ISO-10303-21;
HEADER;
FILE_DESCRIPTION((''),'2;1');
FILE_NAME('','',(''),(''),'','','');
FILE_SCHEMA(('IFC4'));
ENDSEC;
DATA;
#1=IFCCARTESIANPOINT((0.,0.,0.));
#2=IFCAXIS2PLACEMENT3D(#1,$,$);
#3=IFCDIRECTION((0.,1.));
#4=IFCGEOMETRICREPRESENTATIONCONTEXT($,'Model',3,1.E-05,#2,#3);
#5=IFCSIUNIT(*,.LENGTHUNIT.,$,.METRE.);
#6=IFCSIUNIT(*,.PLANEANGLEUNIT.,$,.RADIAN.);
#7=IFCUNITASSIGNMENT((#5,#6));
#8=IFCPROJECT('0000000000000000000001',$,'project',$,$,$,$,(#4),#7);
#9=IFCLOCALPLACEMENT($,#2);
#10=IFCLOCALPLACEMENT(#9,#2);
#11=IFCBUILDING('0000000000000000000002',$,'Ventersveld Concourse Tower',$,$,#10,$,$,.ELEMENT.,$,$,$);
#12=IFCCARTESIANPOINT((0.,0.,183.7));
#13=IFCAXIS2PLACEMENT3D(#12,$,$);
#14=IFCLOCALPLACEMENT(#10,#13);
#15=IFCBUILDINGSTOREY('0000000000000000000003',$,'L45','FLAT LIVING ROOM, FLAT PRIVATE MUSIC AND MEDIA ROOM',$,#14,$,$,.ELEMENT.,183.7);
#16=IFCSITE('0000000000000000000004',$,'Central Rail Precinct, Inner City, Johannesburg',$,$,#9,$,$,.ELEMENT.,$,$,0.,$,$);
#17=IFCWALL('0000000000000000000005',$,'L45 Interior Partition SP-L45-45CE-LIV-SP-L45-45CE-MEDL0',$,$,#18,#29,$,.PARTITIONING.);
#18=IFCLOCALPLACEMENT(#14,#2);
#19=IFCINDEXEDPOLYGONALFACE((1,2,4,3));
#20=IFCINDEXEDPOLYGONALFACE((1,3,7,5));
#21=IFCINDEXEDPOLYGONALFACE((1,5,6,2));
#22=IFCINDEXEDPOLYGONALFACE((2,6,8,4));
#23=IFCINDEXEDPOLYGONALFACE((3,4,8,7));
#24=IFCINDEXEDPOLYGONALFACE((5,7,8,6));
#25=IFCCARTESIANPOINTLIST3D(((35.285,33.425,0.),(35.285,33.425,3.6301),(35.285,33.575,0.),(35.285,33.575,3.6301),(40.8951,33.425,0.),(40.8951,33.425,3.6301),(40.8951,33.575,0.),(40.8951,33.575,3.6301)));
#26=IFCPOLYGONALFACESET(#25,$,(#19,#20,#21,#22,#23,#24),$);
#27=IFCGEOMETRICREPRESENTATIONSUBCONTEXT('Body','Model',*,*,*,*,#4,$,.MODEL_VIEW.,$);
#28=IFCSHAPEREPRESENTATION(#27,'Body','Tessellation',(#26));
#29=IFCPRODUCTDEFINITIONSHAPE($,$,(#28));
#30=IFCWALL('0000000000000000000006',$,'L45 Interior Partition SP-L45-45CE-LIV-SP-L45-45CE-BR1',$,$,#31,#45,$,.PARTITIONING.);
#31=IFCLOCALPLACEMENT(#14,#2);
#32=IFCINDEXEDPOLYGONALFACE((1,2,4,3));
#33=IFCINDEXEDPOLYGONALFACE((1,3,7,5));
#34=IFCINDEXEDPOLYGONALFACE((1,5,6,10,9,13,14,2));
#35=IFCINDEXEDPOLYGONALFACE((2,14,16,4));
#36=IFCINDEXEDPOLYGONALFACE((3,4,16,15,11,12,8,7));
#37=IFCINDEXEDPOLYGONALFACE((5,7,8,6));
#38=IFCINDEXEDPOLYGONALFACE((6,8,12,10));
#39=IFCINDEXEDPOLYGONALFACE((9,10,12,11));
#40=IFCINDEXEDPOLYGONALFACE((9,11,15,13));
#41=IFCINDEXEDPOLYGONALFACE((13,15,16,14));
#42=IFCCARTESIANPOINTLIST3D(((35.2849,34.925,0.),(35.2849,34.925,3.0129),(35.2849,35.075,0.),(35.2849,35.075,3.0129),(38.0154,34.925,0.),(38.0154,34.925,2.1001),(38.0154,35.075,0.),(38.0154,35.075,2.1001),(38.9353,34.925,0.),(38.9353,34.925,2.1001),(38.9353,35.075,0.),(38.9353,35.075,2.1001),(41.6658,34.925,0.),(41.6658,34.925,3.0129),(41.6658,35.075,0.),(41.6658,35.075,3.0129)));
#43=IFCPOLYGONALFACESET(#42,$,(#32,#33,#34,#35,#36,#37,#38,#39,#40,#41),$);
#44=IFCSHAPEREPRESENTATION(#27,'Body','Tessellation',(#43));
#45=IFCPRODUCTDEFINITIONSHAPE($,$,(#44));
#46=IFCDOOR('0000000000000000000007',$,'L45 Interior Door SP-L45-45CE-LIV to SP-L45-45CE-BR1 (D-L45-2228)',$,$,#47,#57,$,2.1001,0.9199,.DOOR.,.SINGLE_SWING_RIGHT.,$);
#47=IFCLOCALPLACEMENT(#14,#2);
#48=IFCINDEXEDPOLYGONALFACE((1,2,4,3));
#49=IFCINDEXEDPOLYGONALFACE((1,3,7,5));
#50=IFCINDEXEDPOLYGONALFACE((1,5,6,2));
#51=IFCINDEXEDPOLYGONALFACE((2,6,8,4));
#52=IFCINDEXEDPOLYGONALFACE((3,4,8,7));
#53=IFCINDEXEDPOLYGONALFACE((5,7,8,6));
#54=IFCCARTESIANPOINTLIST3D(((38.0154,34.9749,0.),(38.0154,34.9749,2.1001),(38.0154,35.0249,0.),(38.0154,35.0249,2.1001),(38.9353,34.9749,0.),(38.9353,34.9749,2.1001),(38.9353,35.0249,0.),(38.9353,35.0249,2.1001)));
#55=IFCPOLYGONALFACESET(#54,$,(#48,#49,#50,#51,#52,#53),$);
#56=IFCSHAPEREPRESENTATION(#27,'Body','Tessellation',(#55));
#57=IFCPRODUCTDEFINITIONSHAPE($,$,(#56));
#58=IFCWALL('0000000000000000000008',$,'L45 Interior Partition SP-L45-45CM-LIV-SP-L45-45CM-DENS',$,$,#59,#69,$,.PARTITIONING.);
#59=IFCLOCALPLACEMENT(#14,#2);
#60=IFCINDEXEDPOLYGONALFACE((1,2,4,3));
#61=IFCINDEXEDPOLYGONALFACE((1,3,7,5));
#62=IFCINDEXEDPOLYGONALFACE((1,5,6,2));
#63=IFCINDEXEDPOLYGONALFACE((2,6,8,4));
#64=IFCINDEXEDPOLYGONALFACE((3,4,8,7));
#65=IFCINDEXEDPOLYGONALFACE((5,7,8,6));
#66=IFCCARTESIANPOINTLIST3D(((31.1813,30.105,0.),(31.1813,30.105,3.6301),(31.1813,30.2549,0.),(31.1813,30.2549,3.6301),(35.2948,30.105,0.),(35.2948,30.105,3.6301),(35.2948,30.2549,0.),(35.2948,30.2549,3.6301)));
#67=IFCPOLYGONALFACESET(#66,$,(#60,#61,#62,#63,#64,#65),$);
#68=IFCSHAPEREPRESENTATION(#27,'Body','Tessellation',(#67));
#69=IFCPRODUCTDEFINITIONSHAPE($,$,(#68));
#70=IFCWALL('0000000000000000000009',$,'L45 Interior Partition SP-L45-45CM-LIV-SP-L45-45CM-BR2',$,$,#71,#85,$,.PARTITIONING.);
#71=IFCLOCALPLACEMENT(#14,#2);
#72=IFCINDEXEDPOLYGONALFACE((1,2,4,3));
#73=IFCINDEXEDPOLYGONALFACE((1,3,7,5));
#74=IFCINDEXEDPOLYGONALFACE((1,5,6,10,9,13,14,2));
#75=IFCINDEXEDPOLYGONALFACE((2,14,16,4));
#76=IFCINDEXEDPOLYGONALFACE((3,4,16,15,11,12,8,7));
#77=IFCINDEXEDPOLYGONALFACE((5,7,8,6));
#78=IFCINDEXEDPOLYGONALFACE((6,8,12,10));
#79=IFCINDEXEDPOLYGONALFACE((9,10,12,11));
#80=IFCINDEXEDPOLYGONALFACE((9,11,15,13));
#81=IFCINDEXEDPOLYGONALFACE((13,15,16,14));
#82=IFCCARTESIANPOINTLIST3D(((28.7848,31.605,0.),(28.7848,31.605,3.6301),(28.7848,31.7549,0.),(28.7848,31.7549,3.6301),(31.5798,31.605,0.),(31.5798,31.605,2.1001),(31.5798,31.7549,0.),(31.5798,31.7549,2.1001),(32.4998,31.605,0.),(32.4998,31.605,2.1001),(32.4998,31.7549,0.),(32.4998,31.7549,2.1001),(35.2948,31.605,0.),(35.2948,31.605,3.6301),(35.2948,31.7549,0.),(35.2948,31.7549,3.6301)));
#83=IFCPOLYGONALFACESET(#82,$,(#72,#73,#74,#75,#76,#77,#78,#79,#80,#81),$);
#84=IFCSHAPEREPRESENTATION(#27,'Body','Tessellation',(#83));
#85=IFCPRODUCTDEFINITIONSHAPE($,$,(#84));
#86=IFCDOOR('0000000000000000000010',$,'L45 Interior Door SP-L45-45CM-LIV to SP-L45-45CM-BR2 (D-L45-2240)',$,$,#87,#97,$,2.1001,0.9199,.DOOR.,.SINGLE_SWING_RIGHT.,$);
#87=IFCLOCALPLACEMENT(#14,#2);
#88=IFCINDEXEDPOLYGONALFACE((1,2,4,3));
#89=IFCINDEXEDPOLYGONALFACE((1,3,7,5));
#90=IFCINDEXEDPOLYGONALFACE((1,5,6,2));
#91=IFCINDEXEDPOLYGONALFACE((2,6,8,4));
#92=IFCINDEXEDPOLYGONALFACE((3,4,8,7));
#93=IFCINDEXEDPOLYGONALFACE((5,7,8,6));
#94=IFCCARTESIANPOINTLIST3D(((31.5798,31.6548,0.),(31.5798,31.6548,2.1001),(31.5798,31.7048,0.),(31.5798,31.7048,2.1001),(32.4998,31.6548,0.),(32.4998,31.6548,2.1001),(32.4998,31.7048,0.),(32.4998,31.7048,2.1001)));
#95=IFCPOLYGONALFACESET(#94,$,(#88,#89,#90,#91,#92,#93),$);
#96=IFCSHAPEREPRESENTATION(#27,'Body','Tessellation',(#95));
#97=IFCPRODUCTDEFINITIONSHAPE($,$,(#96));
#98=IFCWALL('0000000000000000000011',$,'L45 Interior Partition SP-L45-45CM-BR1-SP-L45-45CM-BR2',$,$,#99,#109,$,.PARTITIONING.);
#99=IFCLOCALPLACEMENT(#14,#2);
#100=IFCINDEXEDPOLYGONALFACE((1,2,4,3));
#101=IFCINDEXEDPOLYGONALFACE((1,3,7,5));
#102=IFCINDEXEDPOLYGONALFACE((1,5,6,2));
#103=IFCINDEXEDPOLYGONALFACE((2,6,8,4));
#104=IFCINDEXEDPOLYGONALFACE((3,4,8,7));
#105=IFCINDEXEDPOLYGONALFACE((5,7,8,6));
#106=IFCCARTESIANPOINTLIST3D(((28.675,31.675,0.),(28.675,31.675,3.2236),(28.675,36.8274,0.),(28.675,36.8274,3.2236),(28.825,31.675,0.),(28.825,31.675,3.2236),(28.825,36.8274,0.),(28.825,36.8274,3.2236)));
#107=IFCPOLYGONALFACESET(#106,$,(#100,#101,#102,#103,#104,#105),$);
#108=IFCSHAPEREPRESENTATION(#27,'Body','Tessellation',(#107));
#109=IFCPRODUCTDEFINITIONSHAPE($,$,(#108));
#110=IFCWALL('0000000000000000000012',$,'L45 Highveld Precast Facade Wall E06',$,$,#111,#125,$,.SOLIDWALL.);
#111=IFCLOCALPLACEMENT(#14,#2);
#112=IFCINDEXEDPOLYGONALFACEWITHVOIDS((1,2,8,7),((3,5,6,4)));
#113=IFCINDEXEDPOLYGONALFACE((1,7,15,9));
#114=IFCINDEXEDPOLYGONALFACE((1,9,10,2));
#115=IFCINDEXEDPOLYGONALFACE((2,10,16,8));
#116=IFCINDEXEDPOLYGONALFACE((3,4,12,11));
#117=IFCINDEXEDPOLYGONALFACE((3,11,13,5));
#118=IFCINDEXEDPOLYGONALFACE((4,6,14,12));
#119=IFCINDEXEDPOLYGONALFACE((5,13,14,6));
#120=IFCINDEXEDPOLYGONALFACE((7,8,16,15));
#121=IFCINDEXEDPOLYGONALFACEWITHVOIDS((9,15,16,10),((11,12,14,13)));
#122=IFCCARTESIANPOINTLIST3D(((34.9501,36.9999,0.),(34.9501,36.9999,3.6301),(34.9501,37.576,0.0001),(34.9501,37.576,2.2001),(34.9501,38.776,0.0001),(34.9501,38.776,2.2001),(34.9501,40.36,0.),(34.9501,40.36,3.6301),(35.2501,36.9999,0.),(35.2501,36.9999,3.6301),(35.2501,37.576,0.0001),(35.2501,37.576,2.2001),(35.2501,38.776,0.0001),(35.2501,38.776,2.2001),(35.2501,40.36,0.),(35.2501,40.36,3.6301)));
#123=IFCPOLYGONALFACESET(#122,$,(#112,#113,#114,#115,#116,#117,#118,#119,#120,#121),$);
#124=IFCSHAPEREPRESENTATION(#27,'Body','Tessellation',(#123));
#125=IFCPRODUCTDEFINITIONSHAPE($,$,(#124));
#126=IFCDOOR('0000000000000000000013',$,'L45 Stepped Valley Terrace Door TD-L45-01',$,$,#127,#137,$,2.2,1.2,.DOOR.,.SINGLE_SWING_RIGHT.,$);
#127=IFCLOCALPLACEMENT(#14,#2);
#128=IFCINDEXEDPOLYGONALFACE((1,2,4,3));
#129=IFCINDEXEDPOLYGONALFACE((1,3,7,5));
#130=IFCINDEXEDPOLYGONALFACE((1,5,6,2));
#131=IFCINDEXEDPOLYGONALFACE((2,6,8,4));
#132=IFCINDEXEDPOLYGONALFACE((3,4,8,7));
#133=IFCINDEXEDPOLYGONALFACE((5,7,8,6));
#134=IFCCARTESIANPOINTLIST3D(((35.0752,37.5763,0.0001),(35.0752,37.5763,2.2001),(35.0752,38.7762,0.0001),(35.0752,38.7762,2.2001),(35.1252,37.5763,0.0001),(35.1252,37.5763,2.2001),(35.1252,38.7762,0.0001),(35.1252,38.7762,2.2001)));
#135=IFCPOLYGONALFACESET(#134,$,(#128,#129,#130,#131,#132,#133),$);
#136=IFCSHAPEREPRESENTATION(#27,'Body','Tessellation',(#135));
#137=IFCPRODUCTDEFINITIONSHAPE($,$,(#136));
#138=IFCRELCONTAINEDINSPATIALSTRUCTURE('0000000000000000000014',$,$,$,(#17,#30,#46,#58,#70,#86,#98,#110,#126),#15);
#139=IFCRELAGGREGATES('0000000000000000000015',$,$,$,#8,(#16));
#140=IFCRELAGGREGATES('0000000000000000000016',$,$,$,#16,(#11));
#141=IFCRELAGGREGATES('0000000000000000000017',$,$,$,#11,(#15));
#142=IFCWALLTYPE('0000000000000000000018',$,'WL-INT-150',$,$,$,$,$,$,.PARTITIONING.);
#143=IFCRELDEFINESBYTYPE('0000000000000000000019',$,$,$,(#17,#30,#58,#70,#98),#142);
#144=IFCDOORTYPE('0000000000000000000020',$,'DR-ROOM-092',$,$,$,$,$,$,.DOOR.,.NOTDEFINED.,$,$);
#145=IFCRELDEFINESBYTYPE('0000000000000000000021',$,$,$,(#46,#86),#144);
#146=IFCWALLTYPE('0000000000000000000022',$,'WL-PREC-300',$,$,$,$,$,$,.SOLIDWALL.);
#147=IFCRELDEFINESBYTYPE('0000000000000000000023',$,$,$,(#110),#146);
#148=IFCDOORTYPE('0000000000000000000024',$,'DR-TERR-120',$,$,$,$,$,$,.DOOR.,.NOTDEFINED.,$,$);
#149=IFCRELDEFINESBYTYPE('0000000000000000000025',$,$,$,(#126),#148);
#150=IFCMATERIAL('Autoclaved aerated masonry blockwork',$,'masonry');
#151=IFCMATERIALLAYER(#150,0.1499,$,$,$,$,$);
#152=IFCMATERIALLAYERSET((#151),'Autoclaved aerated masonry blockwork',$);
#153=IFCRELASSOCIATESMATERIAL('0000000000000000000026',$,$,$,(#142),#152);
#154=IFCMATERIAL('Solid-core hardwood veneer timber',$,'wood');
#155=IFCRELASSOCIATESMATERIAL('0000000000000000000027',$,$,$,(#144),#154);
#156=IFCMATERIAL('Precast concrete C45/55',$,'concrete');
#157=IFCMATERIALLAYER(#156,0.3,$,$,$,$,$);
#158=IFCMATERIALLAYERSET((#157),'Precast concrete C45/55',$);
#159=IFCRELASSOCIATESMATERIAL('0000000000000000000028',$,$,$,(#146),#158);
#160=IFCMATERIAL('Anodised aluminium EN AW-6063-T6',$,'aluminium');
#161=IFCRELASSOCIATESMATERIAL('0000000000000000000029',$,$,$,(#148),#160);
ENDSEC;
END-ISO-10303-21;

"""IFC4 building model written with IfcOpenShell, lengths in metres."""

from ifc_helpers import new_model, si_unit, direction, frame, frame_2d, origin, place, context, subcontext, project, spatial, rectangle, extrude, material, layer, layer_set, type_object, element, fill, save


model = new_model("IFC4")

# Units and contexts
model_context = context("Model", 3, precision=1e-05, world=origin(), true_north=direction((0.0, 1.0)))
body_context = subcontext(model_context, "Body", "Model", "MODEL_VIEW")
ifc_project = project(units=[si_unit("LENGTHUNIT", "METRE"), si_unit("PLANEANGLEUNIT", "RADIAN")], contexts=[model_context])

# Site, building, storey
site_placement = place(None, origin())
site = spatial("IfcSite", under=ifc_project, at=site_placement, Name="Central Rail Precinct, Inner City, Johannesburg", CompositionType="ELEMENT", RefElevation=0.0)
building_placement = place(site_placement, origin())
building = spatial("IfcBuilding", under=site, at=building_placement, Name="Ventersveld Concourse Tower", CompositionType="ELEMENT")
storey_placement = place(building_placement, frame((0.0, 0.0, 183.7)))
storey = spatial("IfcBuildingStorey", under=building, at=storey_placement, Name="L45", Description="FLAT LIVING ROOM, FLAT PRIVATE MUSIC AND MEDIA ROOM", CompositionType="ELEMENT", Elevation=183.7)

# Wall
ifc_material_1 = material(Name="Autoclaved aerated masonry blockwork", Category="masonry")
ifc_layer_1 = layer(ifc_material_1, 0.1499)
ifc_layer_set_1 = layer_set([ifc_layer_1], Name="Autoclaved aerated masonry blockwork")
wall_type_1 = type_object("IfcWallType", Name="WL-INT-150", PredefinedType="PARTITIONING", material=ifc_layer_set_1)
wall_1_placement = place(storey_placement, frame((35.2849, 33.5, 0.0), z_axis=(0.0, 0.0, 1.0), x_axis=(1.0, 0.0, 0.0)))
element("IfcWall", 1, at=wall_1_placement, inside=storey, type_object=wall_type_1, Name="L45 Interior Partition SP-L45-45CE-LIV-SP-L45-45CE-MEDL0", PredefinedType="PARTITIONING", context=body_context, shape_type="SweptSolid", body=[
    extrude(rectangle(XDim=5.6101, YDim=0.1499, at=frame_2d((2.8052, 0.0))), origin(), (0.0, 0.0, 1.0), 3.6301),
])

# Wall, opening, door
wall_2_placement = place(storey_placement, frame((35.2849, 35.0, 0.0), z_axis=(0.0, 0.0, 1.0), x_axis=(1.0, 0.0, 0.0)))
wall_2 = element("IfcWall", 2, at=wall_2_placement, inside=storey, type_object=wall_type_1, Name="L45 Interior Partition SP-L45-45CE-LIV-SP-L45-45CE-BR1", PredefinedType="PARTITIONING", context=body_context, shape_type="SweptSolid", body=[
    extrude(rectangle(XDim=6.3809, YDim=0.1499, at=frame_2d((3.1904, 0.0))), origin(), (0.0, 0.0, 1.0), 3.0129),
])
opening_1_placement = place(wall_2_placement, frame((2.7305, 0.0, 0.0)))
opening_1 = element("IfcOpeningElement", 3, at=opening_1_placement, cuts=wall_2, PredefinedType="OPENING", context=body_context, shape_type="SweptSolid", body=[
    extrude(rectangle(XDim=0.9199, YDim=2.1001, at=frame_2d((0.46, 1.05))), frame((0.0, 0.085, 0.0), z_axis=(0.0, -1.0, 0.0), x_axis=(1.0, 0.0, 0.0)), (0.0, 0.0, 1.0), 0.1699),
])
ifc_material_2 = material(Name="Solid-core hardwood veneer timber", Category="wood")
door_type_1 = type_object("IfcDoorType", Name="DR-ROOM-092", OperationType="NOTDEFINED", PredefinedType="DOOR", material=ifc_material_2)
door_1_placement = place(opening_1_placement, origin())
door_1 = element("IfcDoor", 4, at=door_1_placement, inside=storey, type_object=door_type_1, Name="L45 Interior Door SP-L45-45CE-LIV to SP-L45-45CE-BR1 (D-L45-2228)", OperationType="SINGLE_SWING_RIGHT", OverallHeight=2.1001, OverallWidth=0.9199, PredefinedType="DOOR", context=body_context, shape_type="SweptSolid", body=[
    extrude(rectangle(XDim=0.9199, YDim=2.1001, at=frame_2d((0.46, 1.05))), frame((0.0, 0.0249, 0.0), z_axis=(0.0, -1.0, 0.0), x_axis=(1.0, 0.0, 0.0)), (0.0, 0.0, 1.0), 0.05),
])
fill(opening_1, door_1)

# Wall
wall_3_placement = place(storey_placement, frame((31.1814, 30.1799, 0.0), z_axis=(0.0, 0.0, 1.0), x_axis=(1.0, 0.0, 0.0)))
element("IfcWall", 5, at=wall_3_placement, inside=storey, type_object=wall_type_1, Name="L45 Interior Partition SP-L45-45CM-LIV-SP-L45-45CM-DENS", PredefinedType="PARTITIONING", context=body_context, shape_type="SweptSolid", body=[
    extrude(rectangle(XDim=4.1135, YDim=0.1499, at=frame_2d((2.0566, 0.0))), origin(), (0.0, 0.0, 1.0), 3.6301),
])

# Wall, opening, door
wall_4_placement = place(storey_placement, frame((28.7849, 31.6799, 0.0), z_axis=(0.0, 0.0, 1.0), x_axis=(1.0, 0.0, 0.0)))
wall_4 = element("IfcWall", 6, at=wall_4_placement, inside=storey, type_object=wall_type_1, Name="L45 Interior Partition SP-L45-45CM-LIV-SP-L45-45CM-BR2", PredefinedType="PARTITIONING", context=body_context, shape_type="SweptSolid", body=[
    extrude(rectangle(XDim=6.51, YDim=0.1499, at=frame_2d((3.2549, 0.0))), origin(), (0.0, 0.0, 1.0), 3.6301),
])
opening_2_placement = place(wall_4_placement, frame((2.7949, 0.0, 0.0)))
opening_2 = element("IfcOpeningElement", 7, at=opening_2_placement, cuts=wall_4, PredefinedType="OPENING", context=body_context, shape_type="SweptSolid", body=[
    extrude(rectangle(XDim=0.9199, YDim=2.1001, at=frame_2d((0.46, 1.05))), frame((0.0, 0.085, 0.0), z_axis=(0.0, -1.0, 0.0), x_axis=(1.0, 0.0, 0.0)), (0.0, 0.0, 1.0), 0.1699),
])
door_2_placement = place(opening_2_placement, origin())
door_2 = element("IfcDoor", 8, at=door_2_placement, inside=storey, type_object=door_type_1, Name="L45 Interior Door SP-L45-45CM-LIV to SP-L45-45CM-BR2 (D-L45-2240)", OperationType="SINGLE_SWING_RIGHT", OverallHeight=2.1001, OverallWidth=0.9199, PredefinedType="DOOR", context=body_context, shape_type="SweptSolid", body=[
    extrude(rectangle(XDim=0.9199, YDim=2.1001, at=frame_2d((0.46, 1.05))), frame((0.0, 0.0249, 0.0), z_axis=(0.0, -1.0, 0.0), x_axis=(1.0, 0.0, 0.0)), (0.0, 0.0, 1.0), 0.05),
])
fill(opening_2, door_2)

# Wall
wall_5_placement = place(storey_placement, frame((28.75, 31.675, 0.0), z_axis=(0.0, 0.0, 1.0), x_axis=(0.0, 1.0, 0.0)))
element("IfcWall", 9, at=wall_5_placement, inside=storey, type_object=wall_type_1, Name="L45 Interior Partition SP-L45-45CM-BR1-SP-L45-45CM-BR2", PredefinedType="PARTITIONING", context=body_context, shape_type="SweptSolid", body=[
    extrude(rectangle(XDim=5.1523, YDim=0.1499, at=frame_2d((2.5762, 0.0))), origin(), (0.0, 0.0, 1.0), 3.2236),
])

# Wall, opening, door
ifc_material_3 = material(Name="Precast concrete C45/55", Category="concrete")
ifc_layer_2 = layer(ifc_material_3, 0.3)
ifc_layer_set_2 = layer_set([ifc_layer_2], Name="Precast concrete C45/55")
wall_type_2 = type_object("IfcWallType", Name="WL-PREC-300", PredefinedType="SOLIDWALL", material=ifc_layer_set_2)
wall_6_placement = place(storey_placement, frame((35.1001, 40.3601, 0.0), z_axis=(0.0, 0.0, 1.0), x_axis=(0.0, -1.0, 0.0)))
wall_6 = element("IfcWall", 10, at=wall_6_placement, inside=storey, type_object=wall_type_2, Name="L45 Highveld Precast Facade Wall E06", PredefinedType="SOLIDWALL", context=body_context, shape_type="SweptSolid", body=[
    extrude(rectangle(XDim=3.3601, YDim=0.3, at=frame_2d((1.6802, 0.0))), origin(), (0.0, 0.0, 1.0), 3.6301),
])
opening_3_placement = place(wall_6_placement, frame((1.584, 0.0, 0.0)))
opening_3 = element("IfcOpeningElement", 11, at=opening_3_placement, cuts=wall_6, PredefinedType="OPENING", context=body_context, shape_type="SweptSolid", body=[
    extrude(rectangle(XDim=1.2, YDim=2.2, at=frame_2d((0.6001, 1.1001))), frame((0.0, 0.1602, 0.0), z_axis=(0.0, -1.0, 0.0), x_axis=(1.0, 0.0, 0.0)), (0.0, 0.0, 1.0), 0.3201),
])
ifc_material_4 = material(Name="Anodised aluminium EN AW-6063-T6", Category="aluminium")
door_type_2 = type_object("IfcDoorType", Name="DR-TERR-120", OperationType="NOTDEFINED", PredefinedType="DOOR", material=ifc_material_4)
door_3_placement = place(opening_3_placement, frame((1.2, 0.0, 0.0), z_axis=(0.0, 0.0, 1.0), x_axis=(-1.0, 0.0, 0.0)))
door_3 = element("IfcDoor", 12, at=door_3_placement, inside=storey, type_object=door_type_2, Name="L45 Stepped Valley Terrace Door TD-L45-01", OperationType="SINGLE_SWING_RIGHT", OverallHeight=2.2, OverallWidth=1.2, PredefinedType="DOOR", context=body_context, shape_type="SweptSolid", body=[
    extrude(rectangle(XDim=1.2, YDim=2.2, at=frame_2d((0.6001, 1.1001))), frame((0.0, 0.0249, 0.0), z_axis=(0.0, -1.0, 0.0), x_axis=(1.0, 0.0, 0.0)), (0.0, 0.0, 1.0), 0.05),
])
fill(opening_3, door_3)

save(model, "model.ifc")
